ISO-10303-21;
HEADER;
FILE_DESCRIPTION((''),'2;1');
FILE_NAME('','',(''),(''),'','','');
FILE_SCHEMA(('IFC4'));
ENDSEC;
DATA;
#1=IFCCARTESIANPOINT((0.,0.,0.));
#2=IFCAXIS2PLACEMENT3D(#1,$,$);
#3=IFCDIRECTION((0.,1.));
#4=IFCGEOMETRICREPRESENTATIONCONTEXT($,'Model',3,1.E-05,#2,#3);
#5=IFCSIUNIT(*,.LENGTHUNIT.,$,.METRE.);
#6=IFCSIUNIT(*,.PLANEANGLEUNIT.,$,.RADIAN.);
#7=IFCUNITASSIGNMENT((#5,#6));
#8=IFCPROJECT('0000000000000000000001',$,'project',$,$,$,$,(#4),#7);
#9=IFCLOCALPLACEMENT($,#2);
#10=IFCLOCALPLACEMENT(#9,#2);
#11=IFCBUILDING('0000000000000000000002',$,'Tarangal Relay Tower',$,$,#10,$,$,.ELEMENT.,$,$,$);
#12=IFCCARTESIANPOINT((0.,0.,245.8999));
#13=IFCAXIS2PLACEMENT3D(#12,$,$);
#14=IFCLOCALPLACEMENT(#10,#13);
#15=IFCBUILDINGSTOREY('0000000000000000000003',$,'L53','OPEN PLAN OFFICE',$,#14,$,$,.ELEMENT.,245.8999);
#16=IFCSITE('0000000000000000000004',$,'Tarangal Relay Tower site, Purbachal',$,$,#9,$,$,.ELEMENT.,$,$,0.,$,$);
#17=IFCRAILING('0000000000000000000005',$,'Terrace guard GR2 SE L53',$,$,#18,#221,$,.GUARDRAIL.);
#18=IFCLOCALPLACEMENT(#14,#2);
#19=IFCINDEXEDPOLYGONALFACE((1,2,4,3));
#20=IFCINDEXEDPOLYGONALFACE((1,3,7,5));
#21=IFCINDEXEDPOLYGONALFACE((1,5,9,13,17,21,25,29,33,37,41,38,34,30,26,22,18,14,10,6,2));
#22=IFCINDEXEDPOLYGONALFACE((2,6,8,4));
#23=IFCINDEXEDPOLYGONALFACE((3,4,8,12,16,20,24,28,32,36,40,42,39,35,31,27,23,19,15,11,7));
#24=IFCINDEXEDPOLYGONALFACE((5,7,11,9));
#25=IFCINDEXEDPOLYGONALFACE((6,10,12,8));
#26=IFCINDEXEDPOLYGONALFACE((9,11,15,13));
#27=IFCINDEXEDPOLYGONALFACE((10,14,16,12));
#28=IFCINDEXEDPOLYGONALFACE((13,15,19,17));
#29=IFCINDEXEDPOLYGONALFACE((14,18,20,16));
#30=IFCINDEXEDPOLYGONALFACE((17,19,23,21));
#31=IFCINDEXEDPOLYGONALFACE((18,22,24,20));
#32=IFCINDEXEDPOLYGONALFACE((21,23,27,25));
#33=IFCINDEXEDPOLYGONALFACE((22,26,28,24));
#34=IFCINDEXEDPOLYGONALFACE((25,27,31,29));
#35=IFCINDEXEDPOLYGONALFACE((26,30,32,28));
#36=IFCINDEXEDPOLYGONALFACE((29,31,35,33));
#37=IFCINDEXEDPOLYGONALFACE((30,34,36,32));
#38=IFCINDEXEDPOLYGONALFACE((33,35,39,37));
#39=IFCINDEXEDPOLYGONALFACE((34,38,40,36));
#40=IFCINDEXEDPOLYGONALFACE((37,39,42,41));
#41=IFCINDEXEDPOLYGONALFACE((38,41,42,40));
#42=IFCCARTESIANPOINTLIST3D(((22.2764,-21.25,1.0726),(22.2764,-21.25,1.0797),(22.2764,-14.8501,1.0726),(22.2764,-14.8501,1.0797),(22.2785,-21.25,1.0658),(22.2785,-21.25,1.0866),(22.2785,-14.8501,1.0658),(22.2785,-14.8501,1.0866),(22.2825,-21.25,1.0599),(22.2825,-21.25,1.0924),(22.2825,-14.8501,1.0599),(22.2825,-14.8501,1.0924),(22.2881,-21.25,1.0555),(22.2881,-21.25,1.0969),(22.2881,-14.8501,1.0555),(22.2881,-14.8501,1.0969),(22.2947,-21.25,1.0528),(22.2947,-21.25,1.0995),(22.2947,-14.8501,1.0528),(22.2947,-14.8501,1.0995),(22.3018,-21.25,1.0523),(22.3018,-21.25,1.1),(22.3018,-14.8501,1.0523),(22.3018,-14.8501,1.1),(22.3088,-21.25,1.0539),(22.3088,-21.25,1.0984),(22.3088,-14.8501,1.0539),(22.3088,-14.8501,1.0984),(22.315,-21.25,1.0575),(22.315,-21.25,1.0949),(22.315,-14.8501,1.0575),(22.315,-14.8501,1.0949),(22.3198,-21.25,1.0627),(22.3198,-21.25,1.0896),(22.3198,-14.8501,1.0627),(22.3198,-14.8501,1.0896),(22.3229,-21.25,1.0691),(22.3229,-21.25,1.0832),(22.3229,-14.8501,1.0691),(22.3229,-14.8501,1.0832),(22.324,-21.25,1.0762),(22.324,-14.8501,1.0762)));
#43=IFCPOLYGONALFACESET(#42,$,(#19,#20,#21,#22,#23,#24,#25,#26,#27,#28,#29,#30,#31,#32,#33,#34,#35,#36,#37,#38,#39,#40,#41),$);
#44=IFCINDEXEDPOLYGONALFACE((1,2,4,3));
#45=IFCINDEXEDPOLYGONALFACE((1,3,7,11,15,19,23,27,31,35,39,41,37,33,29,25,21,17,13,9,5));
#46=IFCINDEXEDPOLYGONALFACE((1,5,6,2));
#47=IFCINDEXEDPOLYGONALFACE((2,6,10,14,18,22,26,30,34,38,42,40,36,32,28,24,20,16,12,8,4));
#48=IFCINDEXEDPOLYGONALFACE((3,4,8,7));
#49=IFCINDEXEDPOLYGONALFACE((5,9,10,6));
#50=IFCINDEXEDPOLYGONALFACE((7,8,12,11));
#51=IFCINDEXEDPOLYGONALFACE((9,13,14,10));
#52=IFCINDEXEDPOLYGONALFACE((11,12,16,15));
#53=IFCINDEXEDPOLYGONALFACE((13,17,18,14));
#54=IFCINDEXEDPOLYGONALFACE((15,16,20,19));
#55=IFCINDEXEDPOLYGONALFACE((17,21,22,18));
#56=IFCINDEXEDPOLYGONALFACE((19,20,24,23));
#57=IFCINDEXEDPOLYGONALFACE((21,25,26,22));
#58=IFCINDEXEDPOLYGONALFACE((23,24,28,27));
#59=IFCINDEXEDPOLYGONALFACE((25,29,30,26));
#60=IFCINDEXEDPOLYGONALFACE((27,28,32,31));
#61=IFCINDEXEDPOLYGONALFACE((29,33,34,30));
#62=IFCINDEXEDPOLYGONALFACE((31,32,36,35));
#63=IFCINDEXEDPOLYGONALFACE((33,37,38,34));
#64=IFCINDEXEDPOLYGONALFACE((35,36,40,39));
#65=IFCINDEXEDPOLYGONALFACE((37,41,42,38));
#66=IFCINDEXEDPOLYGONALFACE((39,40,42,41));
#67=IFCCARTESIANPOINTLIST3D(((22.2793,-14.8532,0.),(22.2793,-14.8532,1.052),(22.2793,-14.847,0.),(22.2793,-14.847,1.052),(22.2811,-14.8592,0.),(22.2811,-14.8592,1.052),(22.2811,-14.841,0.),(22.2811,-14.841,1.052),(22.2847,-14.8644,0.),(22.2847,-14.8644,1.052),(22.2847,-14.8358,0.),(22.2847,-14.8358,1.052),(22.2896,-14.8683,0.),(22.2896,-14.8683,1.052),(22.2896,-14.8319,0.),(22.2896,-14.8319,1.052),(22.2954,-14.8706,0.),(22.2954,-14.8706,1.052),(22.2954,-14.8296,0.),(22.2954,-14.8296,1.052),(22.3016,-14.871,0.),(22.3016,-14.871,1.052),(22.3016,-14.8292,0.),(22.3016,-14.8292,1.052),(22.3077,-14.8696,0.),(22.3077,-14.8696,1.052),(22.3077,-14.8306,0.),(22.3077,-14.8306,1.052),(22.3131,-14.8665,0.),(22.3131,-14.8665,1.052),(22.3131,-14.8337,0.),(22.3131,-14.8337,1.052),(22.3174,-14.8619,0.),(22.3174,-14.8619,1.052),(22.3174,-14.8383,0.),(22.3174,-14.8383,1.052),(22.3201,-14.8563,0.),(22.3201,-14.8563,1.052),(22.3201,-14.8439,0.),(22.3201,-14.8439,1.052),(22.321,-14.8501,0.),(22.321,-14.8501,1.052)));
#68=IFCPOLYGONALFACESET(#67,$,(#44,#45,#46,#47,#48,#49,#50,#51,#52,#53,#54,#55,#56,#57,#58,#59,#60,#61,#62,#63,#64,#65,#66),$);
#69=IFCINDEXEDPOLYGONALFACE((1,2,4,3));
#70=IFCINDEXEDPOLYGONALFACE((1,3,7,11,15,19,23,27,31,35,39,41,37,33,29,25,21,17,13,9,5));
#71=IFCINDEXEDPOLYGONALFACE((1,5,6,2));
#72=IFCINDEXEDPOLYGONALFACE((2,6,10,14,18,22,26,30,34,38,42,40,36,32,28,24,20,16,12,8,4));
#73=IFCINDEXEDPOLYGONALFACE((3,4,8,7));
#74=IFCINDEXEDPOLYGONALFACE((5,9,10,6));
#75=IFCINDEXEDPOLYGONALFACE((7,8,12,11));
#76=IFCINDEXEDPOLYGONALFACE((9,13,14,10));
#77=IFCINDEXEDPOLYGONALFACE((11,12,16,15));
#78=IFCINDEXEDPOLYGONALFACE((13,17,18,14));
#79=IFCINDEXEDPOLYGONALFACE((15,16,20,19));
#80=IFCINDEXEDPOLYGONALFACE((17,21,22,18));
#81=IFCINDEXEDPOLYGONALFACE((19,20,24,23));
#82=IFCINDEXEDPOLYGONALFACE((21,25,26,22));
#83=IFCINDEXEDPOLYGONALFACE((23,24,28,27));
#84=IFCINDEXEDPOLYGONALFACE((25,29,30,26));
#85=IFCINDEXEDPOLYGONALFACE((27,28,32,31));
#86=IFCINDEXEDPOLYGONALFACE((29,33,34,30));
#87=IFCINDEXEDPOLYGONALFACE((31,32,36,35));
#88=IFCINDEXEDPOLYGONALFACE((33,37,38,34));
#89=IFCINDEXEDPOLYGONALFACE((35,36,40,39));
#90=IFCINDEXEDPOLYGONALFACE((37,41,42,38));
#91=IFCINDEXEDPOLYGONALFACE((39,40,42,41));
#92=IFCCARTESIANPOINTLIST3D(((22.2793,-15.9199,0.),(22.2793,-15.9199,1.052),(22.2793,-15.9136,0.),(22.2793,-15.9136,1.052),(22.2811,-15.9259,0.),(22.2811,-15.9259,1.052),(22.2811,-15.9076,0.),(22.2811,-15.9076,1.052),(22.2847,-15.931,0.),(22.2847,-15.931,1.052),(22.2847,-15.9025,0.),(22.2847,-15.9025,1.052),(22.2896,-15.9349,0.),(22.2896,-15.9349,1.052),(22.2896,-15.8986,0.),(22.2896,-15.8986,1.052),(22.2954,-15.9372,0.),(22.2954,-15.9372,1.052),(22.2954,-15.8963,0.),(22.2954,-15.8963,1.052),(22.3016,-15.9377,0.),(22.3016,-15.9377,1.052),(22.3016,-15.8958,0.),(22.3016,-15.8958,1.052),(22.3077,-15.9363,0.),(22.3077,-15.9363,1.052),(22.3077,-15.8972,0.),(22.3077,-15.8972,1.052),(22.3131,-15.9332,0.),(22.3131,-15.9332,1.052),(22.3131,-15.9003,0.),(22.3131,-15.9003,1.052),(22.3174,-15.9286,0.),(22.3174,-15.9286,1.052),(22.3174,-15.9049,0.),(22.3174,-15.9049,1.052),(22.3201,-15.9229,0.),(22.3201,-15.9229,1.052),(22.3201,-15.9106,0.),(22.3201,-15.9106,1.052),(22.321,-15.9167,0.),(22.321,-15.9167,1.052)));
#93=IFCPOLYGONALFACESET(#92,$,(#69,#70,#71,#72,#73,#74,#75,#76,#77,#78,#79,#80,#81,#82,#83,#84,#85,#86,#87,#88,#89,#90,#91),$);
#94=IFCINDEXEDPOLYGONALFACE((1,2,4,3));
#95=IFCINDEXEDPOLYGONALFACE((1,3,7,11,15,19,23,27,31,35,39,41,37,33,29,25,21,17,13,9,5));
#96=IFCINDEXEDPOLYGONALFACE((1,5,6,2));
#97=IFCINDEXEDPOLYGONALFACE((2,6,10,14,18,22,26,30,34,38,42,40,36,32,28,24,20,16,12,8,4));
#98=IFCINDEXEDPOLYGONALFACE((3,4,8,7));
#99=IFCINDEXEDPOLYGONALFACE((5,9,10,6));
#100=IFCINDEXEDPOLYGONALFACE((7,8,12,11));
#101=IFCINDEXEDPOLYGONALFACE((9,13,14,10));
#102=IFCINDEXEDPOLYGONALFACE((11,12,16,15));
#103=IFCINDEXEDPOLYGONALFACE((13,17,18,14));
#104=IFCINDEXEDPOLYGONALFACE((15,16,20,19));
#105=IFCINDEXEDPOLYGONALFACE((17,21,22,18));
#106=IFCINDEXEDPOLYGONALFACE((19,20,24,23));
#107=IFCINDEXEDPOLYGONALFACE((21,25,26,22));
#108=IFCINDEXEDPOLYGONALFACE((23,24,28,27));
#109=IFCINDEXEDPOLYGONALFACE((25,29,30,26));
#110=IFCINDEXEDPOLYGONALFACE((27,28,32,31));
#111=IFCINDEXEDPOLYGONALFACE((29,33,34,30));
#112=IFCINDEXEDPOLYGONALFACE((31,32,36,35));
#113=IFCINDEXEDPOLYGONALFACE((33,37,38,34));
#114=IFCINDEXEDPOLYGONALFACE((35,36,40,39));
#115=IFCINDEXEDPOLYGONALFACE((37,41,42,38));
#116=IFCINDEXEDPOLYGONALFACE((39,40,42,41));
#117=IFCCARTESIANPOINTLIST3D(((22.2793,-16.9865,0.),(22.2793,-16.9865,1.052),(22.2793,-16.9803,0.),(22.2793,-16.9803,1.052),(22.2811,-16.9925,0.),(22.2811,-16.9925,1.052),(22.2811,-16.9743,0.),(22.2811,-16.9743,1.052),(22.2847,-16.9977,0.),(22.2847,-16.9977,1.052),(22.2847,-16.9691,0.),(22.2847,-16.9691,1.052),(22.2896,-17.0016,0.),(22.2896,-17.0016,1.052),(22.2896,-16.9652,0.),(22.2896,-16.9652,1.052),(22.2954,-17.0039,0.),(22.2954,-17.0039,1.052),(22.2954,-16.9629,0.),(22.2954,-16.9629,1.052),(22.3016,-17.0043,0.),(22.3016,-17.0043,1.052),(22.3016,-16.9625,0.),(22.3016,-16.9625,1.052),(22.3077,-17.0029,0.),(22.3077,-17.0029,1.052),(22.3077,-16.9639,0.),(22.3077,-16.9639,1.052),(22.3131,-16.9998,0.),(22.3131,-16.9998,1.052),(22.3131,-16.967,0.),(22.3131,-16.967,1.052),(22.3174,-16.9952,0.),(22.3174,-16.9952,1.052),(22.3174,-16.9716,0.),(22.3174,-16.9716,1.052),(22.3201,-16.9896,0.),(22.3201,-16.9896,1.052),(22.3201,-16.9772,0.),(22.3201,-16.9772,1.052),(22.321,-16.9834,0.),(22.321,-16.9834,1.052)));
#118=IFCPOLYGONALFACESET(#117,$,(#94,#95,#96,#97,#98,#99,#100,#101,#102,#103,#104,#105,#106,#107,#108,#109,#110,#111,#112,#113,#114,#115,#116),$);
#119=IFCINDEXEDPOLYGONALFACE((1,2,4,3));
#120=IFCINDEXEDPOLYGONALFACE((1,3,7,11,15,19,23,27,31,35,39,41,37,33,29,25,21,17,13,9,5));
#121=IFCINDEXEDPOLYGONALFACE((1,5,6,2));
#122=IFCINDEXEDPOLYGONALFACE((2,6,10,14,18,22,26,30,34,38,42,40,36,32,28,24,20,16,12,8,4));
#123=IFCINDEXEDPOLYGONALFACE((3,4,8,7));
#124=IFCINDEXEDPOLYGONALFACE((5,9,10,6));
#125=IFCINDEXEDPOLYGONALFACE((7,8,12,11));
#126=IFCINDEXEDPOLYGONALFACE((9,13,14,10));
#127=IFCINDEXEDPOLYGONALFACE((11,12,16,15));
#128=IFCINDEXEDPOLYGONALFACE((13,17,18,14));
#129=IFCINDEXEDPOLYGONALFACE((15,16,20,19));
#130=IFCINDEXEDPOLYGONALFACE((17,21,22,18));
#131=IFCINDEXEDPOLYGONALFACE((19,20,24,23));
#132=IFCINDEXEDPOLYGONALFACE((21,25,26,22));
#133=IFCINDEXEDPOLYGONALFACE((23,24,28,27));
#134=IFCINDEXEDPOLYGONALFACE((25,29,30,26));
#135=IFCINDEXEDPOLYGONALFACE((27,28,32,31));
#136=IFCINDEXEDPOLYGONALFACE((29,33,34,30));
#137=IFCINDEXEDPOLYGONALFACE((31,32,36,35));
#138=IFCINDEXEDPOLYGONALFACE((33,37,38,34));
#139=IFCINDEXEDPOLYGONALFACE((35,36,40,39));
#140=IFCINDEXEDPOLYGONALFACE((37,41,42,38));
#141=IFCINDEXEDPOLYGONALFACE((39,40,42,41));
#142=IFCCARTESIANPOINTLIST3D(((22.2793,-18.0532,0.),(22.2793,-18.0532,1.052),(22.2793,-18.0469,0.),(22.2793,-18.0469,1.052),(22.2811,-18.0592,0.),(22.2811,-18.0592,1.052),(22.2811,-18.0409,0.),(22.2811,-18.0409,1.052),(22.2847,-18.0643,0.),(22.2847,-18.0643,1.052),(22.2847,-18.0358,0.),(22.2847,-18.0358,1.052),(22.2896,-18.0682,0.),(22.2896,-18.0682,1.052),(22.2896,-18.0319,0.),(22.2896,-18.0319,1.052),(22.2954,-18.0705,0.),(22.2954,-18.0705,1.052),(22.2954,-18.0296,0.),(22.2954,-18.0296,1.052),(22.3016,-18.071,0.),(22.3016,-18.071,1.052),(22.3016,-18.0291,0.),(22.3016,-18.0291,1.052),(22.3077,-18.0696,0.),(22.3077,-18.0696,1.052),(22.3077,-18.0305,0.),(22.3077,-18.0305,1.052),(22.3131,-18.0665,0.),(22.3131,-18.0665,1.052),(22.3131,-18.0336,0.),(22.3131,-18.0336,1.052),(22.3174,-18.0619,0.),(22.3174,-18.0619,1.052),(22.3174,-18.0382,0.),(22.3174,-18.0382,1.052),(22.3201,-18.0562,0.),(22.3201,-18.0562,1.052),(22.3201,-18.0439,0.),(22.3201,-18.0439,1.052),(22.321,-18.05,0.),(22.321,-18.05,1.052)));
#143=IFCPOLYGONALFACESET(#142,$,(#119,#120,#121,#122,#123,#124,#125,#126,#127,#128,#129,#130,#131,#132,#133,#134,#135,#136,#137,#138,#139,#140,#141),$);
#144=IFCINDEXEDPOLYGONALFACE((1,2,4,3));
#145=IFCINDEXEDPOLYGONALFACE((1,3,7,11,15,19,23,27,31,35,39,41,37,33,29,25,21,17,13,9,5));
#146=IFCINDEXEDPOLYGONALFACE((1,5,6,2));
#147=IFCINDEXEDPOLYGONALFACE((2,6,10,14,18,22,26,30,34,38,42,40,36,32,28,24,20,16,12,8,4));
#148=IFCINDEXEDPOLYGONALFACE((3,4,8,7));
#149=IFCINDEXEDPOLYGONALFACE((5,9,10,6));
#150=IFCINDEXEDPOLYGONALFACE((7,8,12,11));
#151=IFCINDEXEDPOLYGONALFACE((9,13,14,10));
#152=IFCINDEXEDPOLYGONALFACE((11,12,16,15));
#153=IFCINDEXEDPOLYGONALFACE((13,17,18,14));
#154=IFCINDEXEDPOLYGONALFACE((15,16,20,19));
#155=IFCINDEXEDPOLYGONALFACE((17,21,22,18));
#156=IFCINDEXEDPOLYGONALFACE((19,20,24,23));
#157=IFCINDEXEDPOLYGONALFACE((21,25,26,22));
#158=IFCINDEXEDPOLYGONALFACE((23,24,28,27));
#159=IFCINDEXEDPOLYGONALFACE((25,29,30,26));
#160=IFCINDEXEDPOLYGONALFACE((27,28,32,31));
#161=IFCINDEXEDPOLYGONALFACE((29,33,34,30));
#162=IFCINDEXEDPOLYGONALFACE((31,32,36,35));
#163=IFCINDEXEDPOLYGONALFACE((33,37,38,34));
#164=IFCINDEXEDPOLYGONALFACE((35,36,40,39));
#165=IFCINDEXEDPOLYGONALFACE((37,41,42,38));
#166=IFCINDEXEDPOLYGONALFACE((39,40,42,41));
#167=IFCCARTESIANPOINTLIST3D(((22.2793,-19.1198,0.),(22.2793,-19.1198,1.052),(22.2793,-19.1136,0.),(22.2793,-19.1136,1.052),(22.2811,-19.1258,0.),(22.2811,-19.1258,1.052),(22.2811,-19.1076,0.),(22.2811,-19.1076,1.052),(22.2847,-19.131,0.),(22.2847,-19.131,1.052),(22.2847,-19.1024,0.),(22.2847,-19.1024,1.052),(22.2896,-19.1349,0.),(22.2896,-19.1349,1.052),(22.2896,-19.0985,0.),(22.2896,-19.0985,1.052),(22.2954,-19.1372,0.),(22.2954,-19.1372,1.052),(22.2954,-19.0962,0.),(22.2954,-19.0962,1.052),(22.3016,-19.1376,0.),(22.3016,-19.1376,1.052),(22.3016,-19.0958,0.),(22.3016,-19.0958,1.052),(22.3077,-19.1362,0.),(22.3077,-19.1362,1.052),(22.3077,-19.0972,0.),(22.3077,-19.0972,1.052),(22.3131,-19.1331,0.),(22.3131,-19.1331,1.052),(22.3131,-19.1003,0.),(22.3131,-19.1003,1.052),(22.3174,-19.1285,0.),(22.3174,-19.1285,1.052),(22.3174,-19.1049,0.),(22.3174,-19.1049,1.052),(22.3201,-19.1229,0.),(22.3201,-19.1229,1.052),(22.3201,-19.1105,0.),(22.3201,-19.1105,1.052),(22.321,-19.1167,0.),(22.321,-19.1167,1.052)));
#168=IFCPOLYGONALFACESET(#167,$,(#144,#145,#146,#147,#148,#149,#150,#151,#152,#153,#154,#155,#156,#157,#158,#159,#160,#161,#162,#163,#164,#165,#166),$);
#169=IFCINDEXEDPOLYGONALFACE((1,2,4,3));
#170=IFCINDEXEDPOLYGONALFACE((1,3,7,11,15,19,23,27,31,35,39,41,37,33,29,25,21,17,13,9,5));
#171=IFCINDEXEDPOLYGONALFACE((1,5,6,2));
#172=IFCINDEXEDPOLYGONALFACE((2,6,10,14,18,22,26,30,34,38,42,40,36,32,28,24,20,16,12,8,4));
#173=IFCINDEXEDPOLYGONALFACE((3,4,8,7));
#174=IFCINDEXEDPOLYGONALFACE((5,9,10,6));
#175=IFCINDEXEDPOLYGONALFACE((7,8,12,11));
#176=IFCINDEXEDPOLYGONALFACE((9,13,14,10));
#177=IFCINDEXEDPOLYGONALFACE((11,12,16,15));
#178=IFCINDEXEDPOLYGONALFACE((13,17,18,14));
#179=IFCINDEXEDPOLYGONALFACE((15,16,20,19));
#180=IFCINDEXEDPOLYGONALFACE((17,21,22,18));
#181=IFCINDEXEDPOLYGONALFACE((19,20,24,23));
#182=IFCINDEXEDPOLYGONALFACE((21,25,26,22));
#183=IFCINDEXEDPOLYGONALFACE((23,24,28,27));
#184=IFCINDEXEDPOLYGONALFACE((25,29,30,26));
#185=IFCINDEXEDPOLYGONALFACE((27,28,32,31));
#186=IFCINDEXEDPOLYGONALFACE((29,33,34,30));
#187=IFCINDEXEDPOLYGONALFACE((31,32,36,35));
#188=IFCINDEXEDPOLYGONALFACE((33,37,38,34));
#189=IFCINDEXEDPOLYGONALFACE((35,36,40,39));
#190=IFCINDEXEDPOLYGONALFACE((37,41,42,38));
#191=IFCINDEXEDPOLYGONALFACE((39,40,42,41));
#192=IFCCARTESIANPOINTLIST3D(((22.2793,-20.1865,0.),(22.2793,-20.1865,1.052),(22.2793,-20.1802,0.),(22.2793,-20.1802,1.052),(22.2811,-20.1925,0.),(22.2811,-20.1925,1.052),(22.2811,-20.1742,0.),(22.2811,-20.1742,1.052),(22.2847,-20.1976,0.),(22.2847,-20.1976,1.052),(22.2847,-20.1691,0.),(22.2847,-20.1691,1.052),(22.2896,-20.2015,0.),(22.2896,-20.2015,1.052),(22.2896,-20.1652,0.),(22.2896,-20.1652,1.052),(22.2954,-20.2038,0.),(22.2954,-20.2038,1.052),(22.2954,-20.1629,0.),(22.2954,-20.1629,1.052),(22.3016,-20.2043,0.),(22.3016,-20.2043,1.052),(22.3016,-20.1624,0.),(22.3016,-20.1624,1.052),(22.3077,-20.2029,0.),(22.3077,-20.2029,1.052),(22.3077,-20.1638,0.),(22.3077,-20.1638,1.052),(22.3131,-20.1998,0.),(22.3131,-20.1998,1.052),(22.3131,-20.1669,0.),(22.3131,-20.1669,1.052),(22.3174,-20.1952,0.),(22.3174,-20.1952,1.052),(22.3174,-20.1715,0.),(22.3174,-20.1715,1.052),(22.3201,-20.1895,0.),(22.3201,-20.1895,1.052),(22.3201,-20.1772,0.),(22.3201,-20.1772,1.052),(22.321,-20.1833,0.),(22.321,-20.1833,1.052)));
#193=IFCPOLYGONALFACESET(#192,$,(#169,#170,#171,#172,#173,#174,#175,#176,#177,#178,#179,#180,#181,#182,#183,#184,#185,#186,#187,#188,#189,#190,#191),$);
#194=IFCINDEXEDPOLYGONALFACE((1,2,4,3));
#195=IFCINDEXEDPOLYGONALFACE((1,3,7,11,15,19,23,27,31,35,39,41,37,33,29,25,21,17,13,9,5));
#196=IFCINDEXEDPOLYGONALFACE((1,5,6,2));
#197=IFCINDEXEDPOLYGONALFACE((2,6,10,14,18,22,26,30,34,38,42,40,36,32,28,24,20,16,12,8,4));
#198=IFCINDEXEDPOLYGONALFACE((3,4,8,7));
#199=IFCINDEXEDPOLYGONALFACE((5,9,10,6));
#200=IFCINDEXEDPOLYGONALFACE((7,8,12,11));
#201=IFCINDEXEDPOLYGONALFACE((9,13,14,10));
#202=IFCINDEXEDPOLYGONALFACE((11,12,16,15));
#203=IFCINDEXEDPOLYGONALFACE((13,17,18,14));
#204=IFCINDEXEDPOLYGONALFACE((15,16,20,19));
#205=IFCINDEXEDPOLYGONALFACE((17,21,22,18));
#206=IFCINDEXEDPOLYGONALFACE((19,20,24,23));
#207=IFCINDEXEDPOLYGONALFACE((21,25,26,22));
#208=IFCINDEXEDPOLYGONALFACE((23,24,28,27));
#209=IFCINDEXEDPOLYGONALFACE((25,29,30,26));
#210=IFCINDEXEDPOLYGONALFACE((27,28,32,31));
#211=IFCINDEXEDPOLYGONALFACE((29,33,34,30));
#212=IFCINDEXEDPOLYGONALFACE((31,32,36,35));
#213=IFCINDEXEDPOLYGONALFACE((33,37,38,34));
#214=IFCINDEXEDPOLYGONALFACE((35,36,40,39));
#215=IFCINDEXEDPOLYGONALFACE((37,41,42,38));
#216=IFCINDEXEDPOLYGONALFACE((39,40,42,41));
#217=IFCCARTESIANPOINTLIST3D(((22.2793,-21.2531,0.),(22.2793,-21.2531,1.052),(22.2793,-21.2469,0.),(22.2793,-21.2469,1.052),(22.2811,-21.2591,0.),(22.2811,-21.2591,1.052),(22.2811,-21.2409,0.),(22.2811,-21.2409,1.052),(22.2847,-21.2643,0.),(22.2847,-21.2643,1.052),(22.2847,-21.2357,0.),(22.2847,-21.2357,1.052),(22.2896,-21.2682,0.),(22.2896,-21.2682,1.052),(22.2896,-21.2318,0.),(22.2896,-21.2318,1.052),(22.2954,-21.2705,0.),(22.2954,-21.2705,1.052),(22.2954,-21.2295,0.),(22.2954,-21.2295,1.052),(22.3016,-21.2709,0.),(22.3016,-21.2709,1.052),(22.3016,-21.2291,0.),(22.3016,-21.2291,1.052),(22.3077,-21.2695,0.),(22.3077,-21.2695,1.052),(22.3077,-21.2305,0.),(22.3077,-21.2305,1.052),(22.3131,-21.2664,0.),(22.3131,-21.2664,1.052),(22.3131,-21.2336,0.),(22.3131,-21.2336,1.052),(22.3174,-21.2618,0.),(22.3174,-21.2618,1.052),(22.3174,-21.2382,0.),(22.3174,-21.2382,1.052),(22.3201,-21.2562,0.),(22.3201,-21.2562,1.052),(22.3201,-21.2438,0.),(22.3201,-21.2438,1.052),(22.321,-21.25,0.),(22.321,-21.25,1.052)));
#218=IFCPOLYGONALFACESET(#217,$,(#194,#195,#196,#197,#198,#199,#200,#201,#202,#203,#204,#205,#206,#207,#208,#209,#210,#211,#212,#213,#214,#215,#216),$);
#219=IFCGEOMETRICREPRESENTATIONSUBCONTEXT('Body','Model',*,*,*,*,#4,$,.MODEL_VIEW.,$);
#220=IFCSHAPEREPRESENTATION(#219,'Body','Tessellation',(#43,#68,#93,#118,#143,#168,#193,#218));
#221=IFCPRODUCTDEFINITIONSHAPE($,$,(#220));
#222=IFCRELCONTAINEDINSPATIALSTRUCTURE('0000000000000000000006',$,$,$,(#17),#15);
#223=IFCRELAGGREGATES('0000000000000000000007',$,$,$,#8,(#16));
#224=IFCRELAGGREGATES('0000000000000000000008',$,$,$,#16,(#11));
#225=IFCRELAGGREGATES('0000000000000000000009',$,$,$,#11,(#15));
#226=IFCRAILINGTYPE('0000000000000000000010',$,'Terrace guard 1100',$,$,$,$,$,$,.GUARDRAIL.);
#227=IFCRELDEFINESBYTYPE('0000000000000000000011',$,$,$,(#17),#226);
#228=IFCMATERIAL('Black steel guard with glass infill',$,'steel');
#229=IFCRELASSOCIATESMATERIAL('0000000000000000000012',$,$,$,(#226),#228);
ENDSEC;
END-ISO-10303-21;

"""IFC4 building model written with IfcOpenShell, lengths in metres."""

from ifc_helpers import new_model, si_unit, direction, frame, origin, origin_2d, place, context, subcontext, project, spatial, circle, extrude, material, type_object, element, save


model = new_model("IFC4")

# Units and contexts
model_context = context("Model", 3, precision=1e-05, world=origin(), true_north=direction((0.0, 1.0)))
body_context = subcontext(model_context, "Body", "Model", "MODEL_VIEW")
ifc_project = project(units=[si_unit("LENGTHUNIT", "METRE"), si_unit("PLANEANGLEUNIT", "RADIAN")], contexts=[model_context])

# Site, building, storey
site_placement = place(None, origin())
site = spatial("IfcSite", under=ifc_project, at=site_placement, Name="Tarangal Relay Tower site, Purbachal", CompositionType="ELEMENT", RefElevation=0.0)
building_placement = place(site_placement, origin())
building = spatial("IfcBuilding", under=site, at=building_placement, Name="Tarangal Relay Tower", CompositionType="ELEMENT")
storey_placement = place(building_placement, frame((0.0, 0.0, 245.8999)))
storey = spatial("IfcBuildingStorey", under=building, at=storey_placement, Name="L53", Description="OPEN PLAN OFFICE", CompositionType="ELEMENT", Elevation=245.8999)

# Railing
ifc_material_1 = material(Name="Black steel guard with glass infill", Category="steel")
railing_type = type_object("IfcRailingType", Name="Terrace guard 1100", PredefinedType="GUARDRAIL", material=ifc_material_1)
railing_1_placement = place(storey_placement, frame((22.3, -14.8501, 0.0)))
element("IfcRailing", 1, at=railing_1_placement, inside=storey, type_object=railing_type, Name="Terrace guard GR2 SE L53", PredefinedType="GUARDRAIL", context=body_context, shape_type="SweptSolid", body=[
    extrude(circle(Radius=0.0239, at=origin_2d()), frame((0.0, 0.0, 1.0762), z_axis=(0.0, -1.0, 0.0), x_axis=(1.0, 0.0, 0.0)), (0.0, 0.0, 1.0), 6.3999),
    extrude(circle(Radius=0.021, at=origin_2d()), origin(), (0.0, 0.0, 1.0), 1.052),
    extrude(circle(Radius=0.021, at=origin_2d()), frame((0.0, -1.0667, 0.0)), (0.0, 0.0, 1.0), 1.052),
    extrude(circle(Radius=0.021, at=origin_2d()), frame((0.0, -2.1333, 0.0)), (0.0, 0.0, 1.0), 1.052),
    extrude(circle(Radius=0.021, at=origin_2d()), frame((0.0, -3.2, 0.0)), (0.0, 0.0, 1.0), 1.052),
    extrude(circle(Radius=0.021, at=origin_2d()), frame((0.0, -4.2666, 0.0)), (0.0, 0.0, 1.0), 1.052),
    extrude(circle(Radius=0.021, at=origin_2d()), frame((0.0, -5.3333, 0.0)), (0.0, 0.0, 1.0), 1.052),
    extrude(circle(Radius=0.021, at=origin_2d()), frame((0.0, -6.3999, 0.0)), (0.0, 0.0, 1.0), 1.052),
])

save(model, "model.ifc")
